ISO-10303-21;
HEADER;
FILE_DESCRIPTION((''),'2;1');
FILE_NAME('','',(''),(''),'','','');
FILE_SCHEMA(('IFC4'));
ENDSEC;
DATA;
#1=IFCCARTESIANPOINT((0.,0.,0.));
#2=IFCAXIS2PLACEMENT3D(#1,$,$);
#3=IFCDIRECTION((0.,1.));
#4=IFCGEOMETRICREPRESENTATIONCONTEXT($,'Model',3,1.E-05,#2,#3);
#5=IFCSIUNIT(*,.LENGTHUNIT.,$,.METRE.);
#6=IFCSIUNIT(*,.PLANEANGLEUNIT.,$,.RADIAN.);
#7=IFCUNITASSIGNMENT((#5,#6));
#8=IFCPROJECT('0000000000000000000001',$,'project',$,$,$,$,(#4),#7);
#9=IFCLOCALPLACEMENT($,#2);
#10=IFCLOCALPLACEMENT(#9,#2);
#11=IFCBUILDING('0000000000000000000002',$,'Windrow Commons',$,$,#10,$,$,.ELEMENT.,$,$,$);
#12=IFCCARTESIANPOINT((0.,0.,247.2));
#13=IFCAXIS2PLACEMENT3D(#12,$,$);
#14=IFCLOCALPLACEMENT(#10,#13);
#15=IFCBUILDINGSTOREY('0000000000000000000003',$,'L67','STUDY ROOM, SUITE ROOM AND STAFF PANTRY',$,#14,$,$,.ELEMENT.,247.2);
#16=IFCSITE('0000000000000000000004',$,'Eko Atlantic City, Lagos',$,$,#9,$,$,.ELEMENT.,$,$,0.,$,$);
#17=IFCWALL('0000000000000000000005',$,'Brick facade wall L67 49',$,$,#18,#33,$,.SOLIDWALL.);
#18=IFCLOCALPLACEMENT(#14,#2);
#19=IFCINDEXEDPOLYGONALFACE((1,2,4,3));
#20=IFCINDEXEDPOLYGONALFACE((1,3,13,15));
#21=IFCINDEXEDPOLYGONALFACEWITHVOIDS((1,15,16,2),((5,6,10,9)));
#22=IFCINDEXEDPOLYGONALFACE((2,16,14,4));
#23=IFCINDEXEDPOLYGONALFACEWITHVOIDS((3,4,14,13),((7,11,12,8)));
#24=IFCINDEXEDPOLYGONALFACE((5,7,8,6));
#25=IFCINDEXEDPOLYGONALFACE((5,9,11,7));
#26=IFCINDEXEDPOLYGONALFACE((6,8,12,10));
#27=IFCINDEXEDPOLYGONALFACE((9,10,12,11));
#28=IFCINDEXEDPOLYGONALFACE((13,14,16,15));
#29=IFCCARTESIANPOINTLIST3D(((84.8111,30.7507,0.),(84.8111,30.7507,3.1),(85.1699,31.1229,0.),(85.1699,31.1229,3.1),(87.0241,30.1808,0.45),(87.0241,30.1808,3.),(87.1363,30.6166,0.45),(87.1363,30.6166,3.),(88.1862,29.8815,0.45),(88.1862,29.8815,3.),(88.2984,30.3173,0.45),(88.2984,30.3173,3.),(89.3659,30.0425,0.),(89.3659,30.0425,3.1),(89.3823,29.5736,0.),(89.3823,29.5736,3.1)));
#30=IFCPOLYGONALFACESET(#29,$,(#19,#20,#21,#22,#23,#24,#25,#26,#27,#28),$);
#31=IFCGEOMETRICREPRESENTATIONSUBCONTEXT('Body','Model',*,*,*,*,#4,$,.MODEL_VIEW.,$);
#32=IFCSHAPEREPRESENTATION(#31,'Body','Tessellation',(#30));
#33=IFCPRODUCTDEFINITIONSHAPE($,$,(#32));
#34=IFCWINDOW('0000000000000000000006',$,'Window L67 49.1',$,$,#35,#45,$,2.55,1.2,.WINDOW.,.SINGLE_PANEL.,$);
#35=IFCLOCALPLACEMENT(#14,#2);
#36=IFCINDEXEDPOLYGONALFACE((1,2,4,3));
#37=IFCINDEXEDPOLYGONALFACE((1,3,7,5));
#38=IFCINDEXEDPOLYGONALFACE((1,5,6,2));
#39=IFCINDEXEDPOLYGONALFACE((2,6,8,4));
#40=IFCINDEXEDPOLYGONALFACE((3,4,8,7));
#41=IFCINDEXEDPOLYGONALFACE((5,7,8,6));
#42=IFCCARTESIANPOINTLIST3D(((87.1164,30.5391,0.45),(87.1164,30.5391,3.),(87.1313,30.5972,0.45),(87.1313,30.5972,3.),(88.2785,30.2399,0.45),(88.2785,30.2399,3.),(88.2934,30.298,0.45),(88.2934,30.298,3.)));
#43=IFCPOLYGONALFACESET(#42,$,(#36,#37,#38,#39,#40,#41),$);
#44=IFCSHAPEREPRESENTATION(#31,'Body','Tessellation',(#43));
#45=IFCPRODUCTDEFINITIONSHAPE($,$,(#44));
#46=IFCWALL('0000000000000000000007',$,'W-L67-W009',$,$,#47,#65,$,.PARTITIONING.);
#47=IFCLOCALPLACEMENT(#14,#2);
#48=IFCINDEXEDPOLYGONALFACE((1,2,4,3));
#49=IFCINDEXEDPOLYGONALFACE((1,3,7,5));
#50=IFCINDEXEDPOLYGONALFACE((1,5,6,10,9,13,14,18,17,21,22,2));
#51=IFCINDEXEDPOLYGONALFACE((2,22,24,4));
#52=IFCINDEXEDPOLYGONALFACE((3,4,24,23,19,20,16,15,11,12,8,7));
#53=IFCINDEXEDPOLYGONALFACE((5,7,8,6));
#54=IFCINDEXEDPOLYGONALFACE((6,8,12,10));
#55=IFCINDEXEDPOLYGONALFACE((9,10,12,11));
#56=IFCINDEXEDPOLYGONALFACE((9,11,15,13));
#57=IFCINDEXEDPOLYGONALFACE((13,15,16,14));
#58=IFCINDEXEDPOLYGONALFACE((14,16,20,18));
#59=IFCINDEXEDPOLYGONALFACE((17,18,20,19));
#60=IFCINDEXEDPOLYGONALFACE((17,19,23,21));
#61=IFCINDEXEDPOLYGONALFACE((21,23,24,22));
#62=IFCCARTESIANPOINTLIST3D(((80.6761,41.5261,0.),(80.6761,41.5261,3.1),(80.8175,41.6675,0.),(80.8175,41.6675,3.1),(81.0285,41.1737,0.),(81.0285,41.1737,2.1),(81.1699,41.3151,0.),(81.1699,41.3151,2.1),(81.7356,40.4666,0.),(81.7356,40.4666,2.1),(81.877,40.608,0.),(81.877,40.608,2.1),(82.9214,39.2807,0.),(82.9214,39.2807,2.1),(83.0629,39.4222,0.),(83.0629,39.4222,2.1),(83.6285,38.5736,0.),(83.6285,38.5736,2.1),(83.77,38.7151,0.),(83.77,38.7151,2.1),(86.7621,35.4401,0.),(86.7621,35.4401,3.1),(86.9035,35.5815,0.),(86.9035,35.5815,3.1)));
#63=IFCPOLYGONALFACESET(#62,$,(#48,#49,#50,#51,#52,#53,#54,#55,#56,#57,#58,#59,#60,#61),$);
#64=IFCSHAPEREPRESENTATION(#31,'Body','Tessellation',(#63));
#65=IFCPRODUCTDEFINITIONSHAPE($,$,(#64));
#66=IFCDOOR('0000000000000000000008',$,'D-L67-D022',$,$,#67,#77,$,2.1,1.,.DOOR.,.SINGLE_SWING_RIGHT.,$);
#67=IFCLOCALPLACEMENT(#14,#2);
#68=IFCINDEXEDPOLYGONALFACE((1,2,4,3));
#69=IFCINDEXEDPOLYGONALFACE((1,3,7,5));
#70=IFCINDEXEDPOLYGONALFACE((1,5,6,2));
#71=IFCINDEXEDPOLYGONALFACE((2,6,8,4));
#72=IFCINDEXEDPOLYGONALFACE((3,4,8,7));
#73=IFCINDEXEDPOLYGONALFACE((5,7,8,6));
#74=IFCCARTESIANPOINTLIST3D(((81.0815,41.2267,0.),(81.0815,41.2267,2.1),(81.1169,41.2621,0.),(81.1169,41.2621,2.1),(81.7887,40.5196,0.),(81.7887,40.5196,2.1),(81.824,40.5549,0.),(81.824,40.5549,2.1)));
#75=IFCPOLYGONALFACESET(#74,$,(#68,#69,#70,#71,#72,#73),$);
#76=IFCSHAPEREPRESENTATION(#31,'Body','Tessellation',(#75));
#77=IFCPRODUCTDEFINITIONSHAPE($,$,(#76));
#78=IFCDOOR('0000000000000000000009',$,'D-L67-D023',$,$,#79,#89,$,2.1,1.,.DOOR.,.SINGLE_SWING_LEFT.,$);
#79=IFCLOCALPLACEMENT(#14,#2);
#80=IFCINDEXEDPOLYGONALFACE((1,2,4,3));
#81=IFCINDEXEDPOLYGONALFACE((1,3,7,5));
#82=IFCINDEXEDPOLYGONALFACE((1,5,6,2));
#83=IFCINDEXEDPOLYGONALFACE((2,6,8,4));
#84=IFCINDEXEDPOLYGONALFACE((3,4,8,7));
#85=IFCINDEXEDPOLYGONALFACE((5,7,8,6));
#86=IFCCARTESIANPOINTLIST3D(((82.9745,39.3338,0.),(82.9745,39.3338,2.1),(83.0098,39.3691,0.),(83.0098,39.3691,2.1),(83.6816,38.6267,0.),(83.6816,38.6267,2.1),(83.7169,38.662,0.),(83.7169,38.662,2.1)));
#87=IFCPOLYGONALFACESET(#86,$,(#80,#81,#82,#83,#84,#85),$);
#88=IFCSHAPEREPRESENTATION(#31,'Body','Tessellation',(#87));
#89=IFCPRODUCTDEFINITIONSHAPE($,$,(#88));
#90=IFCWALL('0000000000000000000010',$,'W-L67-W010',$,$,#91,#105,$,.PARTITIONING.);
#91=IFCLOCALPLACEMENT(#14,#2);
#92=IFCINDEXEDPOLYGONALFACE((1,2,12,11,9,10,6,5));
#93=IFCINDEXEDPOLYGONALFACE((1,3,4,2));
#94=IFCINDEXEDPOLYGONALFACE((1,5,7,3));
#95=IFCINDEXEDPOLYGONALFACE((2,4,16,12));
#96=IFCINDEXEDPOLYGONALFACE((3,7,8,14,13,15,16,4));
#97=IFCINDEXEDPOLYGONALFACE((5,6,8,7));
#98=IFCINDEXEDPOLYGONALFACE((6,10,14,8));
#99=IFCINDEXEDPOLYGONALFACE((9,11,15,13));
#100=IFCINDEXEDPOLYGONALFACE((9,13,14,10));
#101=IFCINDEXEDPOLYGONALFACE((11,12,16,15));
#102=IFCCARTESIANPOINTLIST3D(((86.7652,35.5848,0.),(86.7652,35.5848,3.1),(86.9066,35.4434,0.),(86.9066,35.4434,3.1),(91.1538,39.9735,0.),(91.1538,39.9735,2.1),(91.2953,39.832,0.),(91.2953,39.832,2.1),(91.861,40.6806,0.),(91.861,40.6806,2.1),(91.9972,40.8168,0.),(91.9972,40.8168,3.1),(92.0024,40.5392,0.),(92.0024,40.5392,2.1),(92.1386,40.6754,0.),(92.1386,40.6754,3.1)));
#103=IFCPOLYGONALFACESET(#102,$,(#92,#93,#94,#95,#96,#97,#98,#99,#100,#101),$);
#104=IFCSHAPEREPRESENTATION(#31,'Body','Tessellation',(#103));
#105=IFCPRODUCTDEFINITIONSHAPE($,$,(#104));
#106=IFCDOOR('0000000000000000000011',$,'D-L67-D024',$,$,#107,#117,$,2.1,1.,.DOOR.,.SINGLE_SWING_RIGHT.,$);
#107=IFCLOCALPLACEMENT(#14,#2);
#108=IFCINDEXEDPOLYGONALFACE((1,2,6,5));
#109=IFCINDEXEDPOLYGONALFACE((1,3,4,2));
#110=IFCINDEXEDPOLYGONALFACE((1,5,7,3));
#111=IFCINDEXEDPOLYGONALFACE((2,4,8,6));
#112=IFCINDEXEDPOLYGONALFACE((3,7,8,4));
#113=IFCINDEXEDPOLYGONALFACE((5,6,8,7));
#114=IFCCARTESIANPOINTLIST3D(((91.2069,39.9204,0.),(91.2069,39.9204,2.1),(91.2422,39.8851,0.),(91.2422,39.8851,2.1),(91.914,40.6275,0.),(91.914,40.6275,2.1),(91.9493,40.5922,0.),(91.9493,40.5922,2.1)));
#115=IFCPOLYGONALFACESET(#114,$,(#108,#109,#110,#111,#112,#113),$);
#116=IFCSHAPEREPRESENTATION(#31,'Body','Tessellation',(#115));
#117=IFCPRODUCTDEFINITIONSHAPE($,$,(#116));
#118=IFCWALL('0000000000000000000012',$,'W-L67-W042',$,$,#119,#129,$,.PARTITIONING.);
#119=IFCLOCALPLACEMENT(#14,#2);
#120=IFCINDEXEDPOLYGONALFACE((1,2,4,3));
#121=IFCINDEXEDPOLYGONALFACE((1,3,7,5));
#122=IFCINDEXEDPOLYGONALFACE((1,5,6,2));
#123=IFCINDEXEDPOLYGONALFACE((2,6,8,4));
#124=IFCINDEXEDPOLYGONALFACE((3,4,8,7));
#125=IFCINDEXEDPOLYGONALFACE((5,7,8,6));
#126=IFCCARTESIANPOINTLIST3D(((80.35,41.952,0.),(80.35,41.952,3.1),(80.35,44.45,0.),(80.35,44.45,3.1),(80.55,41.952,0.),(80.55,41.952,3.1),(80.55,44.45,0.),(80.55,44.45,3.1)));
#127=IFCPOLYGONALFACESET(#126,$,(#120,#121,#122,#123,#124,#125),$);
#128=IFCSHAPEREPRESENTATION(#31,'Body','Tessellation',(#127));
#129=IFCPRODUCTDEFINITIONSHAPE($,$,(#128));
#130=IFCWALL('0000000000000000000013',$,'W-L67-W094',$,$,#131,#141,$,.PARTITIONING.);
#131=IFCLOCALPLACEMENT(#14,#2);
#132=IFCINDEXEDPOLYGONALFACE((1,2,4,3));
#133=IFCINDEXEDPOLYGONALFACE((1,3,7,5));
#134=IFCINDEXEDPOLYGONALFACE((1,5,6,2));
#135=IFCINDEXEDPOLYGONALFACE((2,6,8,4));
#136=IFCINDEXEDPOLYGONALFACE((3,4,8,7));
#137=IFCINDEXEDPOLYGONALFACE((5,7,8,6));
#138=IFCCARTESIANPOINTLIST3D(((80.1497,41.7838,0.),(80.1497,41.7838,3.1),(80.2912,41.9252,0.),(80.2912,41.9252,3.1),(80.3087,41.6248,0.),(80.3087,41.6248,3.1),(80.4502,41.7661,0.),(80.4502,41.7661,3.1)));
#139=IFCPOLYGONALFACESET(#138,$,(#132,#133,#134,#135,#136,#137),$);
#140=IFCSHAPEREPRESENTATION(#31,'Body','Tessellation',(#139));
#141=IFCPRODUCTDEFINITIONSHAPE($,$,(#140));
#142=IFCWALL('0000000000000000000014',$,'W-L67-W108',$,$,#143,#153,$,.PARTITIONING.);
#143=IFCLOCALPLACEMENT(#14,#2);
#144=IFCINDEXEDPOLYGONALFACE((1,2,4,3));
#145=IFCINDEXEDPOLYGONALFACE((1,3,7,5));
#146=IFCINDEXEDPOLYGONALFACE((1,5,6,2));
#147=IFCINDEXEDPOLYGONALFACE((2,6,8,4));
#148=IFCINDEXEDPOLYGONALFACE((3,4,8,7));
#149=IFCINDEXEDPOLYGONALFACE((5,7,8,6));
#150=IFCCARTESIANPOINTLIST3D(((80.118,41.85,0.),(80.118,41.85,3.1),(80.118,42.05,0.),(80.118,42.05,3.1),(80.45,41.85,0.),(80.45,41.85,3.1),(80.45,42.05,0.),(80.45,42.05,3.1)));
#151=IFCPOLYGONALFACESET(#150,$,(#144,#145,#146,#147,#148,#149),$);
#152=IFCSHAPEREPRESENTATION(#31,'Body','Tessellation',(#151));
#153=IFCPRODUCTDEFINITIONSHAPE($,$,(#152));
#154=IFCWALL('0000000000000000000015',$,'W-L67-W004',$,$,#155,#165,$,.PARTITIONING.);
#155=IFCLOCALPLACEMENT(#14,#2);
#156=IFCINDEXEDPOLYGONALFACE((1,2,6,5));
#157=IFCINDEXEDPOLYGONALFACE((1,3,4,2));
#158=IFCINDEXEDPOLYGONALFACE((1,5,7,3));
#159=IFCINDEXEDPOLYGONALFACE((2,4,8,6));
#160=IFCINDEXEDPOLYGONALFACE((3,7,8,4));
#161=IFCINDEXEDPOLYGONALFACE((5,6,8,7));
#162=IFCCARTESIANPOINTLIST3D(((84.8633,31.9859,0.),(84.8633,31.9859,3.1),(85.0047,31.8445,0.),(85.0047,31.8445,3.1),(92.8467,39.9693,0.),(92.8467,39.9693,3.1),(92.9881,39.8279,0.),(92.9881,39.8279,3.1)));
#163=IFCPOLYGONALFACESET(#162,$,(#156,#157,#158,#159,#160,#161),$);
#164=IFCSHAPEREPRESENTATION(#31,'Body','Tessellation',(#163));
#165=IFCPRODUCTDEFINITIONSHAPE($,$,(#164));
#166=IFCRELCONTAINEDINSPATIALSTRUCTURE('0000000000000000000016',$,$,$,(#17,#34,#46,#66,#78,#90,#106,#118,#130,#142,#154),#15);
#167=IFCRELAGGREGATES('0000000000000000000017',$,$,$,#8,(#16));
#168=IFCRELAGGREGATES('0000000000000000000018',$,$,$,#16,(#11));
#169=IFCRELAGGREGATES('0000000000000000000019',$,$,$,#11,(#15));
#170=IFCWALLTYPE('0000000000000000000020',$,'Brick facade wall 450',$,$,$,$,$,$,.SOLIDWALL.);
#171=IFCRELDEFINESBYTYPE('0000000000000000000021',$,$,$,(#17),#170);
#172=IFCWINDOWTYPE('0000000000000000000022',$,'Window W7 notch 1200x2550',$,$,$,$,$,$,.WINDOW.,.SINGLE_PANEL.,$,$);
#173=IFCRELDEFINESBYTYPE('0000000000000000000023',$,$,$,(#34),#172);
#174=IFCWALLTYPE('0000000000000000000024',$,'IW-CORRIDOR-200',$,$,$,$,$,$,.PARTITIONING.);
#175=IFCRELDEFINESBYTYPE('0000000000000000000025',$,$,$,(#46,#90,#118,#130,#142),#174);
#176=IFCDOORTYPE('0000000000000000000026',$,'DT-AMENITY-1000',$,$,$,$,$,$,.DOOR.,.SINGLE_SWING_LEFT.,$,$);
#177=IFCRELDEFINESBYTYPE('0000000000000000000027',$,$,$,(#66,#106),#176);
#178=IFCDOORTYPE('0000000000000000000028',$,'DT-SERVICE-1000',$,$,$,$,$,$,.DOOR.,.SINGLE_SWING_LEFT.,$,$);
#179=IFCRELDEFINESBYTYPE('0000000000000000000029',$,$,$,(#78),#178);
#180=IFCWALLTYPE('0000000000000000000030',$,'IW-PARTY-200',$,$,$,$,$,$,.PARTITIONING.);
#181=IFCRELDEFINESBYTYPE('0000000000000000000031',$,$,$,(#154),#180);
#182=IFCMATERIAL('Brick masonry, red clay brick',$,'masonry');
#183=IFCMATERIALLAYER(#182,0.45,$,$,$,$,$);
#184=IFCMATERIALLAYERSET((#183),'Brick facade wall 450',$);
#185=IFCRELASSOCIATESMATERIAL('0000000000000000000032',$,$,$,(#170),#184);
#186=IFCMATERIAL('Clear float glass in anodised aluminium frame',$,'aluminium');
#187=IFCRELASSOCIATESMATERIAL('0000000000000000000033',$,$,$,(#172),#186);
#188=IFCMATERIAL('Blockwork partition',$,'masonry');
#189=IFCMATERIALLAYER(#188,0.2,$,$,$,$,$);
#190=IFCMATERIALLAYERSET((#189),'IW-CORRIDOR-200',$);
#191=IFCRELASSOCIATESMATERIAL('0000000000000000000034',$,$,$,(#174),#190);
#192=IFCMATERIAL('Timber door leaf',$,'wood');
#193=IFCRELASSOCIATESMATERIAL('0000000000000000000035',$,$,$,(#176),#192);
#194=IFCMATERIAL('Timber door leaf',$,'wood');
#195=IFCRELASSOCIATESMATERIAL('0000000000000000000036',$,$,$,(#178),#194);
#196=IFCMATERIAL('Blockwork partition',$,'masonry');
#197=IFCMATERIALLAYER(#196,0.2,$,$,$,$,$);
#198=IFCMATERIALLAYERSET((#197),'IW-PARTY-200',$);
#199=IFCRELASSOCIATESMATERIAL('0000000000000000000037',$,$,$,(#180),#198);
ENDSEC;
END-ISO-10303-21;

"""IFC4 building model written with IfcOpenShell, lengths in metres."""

from ifc_helpers import new_model, si_unit, direction, frame, frame_2d, origin, place, context, subcontext, project, spatial, polyline, rectangle, outline, extrude, material, layer, layer_set, type_object, element, fill, save


model = new_model("IFC4")

# Units and contexts
model_context = context("Model", 3, precision=1e-05, world=origin(), true_north=direction((0.0, 1.0)))
body_context = subcontext(model_context, "Body", "Model", "MODEL_VIEW")
ifc_project = project(units=[si_unit("LENGTHUNIT", "METRE"), si_unit("PLANEANGLEUNIT", "RADIAN")], contexts=[model_context])

# Site, building, storey
site_placement = place(None, origin())
site = spatial("IfcSite", under=ifc_project, at=site_placement, Name="Eko Atlantic City, Lagos", CompositionType="ELEMENT", RefElevation=0.0)
building_placement = place(site_placement, origin())
building = spatial("IfcBuilding", under=site, at=building_placement, Name="Windrow Commons", CompositionType="ELEMENT")
storey_placement = place(building_placement, frame((0.0, 0.0, 247.2)))
storey = spatial("IfcBuildingStorey", under=building, at=storey_placement, Name="L67", Description="STUDY ROOM, SUITE ROOM AND STAFF PANTRY", CompositionType="ELEMENT", Elevation=247.2)

# Shared definitions
ifc_material_1 = material(Name="Brick masonry, red clay brick", Category="masonry")
ifc_layer_1 = layer(ifc_material_1, 0.45)
ifc_layer_set_1 = layer_set([ifc_layer_1], Name="Brick facade wall 450")
wall_type_1 = type_object("IfcWallType", Name="Brick facade wall 450", PredefinedType="SOLIDWALL", material=ifc_layer_set_1)
ifc_material_2 = material(Name="Clear float glass in anodised aluminium frame", Category="aluminium")
window_type_1 = type_object("IfcWindowType", Name="Window W7 notch 1200x2550", PartitioningType="SINGLE_PANEL", PredefinedType="WINDOW", material=ifc_material_2)

# Wall, opening, window
wall_1_placement = place(storey_placement, frame((84.9905, 30.9368, 0.0), z_axis=(0.0, 0.0, 1.0), x_axis=(0.968408, -0.24937, 0.0)))
wall_1 = element("IfcWall", 1, at=wall_1_placement, inside=storey, type_object=wall_type_1, Name="Brick facade wall L67 49", PredefinedType="SOLIDWALL", context=body_context, shape_type="SweptSolid", body=[
    extrude(outline(polyline([(-0.1273, -0.225), (4.593, -0.225), (4.4602, 0.225), (0.1273, 0.225), (-0.1273, -0.225)])), origin(), (0.0, 0.0, 1.0), 3.1),
])
opening_1_placement = place(wall_1_placement, frame((2.1579, 0.0, 0.45)))
opening_1 = element("IfcOpeningElement", 2, at=opening_1_placement, cuts=wall_1, PredefinedType="OPENING", context=body_context, shape_type="SweptSolid", body=[
    extrude(rectangle(XDim=1.2, YDim=2.55, at=frame_2d((0.6, 1.275))), frame((0.0, 0.235, 0.0), z_axis=(0.0, -1.0, 0.0), x_axis=(1.0, 0.0, 0.0)), (0.0, 0.0, 1.0), 0.47),
])
window_1_placement = place(opening_1_placement, origin())
window_1 = element("IfcWindow", 3, at=window_1_placement, inside=storey, type_object=window_type_1, Name="Window L67 49.1", OverallHeight=2.55, OverallWidth=1.2, PartitioningType="SINGLE_PANEL", PredefinedType="WINDOW", context=body_context, shape_type="SweptSolid", body=[
    extrude(rectangle(XDim=1.2, YDim=2.55, at=frame_2d((0.6, 1.275))), frame((0.0, 0.205, 0.0), z_axis=(0.0, -1.0, 0.0), x_axis=(1.0, 0.0, 0.0)), (0.0, 0.0, 1.0), 0.06),
])
fill(opening_1, window_1)

# Wall, openings, doors
ifc_material_3 = material(Name="Blockwork partition", Category="masonry")
ifc_layer_2 = layer(ifc_material_3, 0.2)
ifc_layer_set_2 = layer_set([ifc_layer_2], Name="IW-CORRIDOR-200")
wall_type_2 = type_object("IfcWallType", Name="IW-CORRIDOR-200", PredefinedType="PARTITIONING", material=ifc_layer_set_2)
wall_2_placement = place(storey_placement, frame((80.7468, 41.5968, 0.0), z_axis=(0.0, 0.0, 1.0), x_axis=(0.707107, -0.707107, 0.0)))
wall_2 = element("IfcWall", 4, at=wall_2_placement, inside=storey, type_object=wall_type_2, Name="W-L67-W009", PredefinedType="PARTITIONING", context=body_context, shape_type="SweptSolid", body=[
    extrude(rectangle(XDim=8.6069, YDim=0.2, at=frame_2d((4.3034, 0.0))), origin(), (0.0, 0.0, 1.0), 3.1),
])
opening_2_placement = place(wall_2_placement, frame((0.4984, 0.0, 0.0)))
opening_2 = element("IfcOpeningElement", 5, at=opening_2_placement, cuts=wall_2, PredefinedType="OPENING", context=body_context, shape_type="SweptSolid", body=[
    extrude(rectangle(XDim=1.0, YDim=2.1, at=frame_2d((0.5, 1.05))), frame((0.0, 0.11, 0.0), z_axis=(0.0, -1.0, 0.0), x_axis=(1.0, 0.0, 0.0)), (0.0, 0.0, 1.0), 0.22),
])
opening_3_placement = place(wall_2_placement, frame((3.1754, 0.0, 0.0)))
opening_3 = element("IfcOpeningElement", 6, at=opening_3_placement, cuts=wall_2, PredefinedType="OPENING", context=body_context, shape_type="SweptSolid", body=[
    extrude(rectangle(XDim=1.0, YDim=2.1, at=frame_2d((0.5, 1.05))), frame((0.0, 0.11, 0.0), z_axis=(0.0, -1.0, 0.0), x_axis=(1.0, 0.0, 0.0)), (0.0, 0.0, 1.0), 0.22),
])
ifc_material_4 = material(Name="Timber door leaf", Category="wood")
door_type_1 = type_object("IfcDoorType", Name="DT-AMENITY-1000", OperationType="SINGLE_SWING_LEFT", PredefinedType="DOOR", material=ifc_material_4)
door_1_placement = place(opening_2_placement, origin())
door_1 = element("IfcDoor", 7, at=door_1_placement, inside=storey, type_object=door_type_1, Name="D-L67-D022", OperationType="SINGLE_SWING_RIGHT", OverallHeight=2.1, OverallWidth=1.0, PredefinedType="DOOR", context=body_context, shape_type="SweptSolid", body=[
    extrude(rectangle(XDim=1.0, YDim=2.1, at=frame_2d((0.5, 1.05))), frame((0.0, 0.025, 0.0), z_axis=(0.0, -1.0, 0.0), x_axis=(1.0, 0.0, 0.0)), (0.0, 0.0, 1.0), 0.05),
])
fill(opening_2, door_1)
ifc_material_5 = material(Name="Timber door leaf", Category="wood")
door_type_2 = type_object("IfcDoorType", Name="DT-SERVICE-1000", OperationType="SINGLE_SWING_LEFT", PredefinedType="DOOR", material=ifc_material_5)
door_2_placement = place(opening_3_placement, origin())
door_2 = element("IfcDoor", 8, at=door_2_placement, inside=storey, type_object=door_type_2, Name="D-L67-D023", OperationType="SINGLE_SWING_LEFT", OverallHeight=2.1, OverallWidth=1.0, PredefinedType="DOOR", context=body_context, shape_type="SweptSolid", body=[
    extrude(rectangle(XDim=1.0, YDim=2.1, at=frame_2d((0.5, 1.05))), frame((0.0, 0.025, 0.0), z_axis=(0.0, -1.0, 0.0), x_axis=(1.0, 0.0, 0.0)), (0.0, 0.0, 1.0), 0.05),
])
fill(opening_3, door_2)

# Wall, opening, door
wall_3_placement = place(storey_placement, frame((86.8359, 35.5141, 0.0), z_axis=(0.0, 0.0, 1.0), x_axis=(0.707107, 0.707107, 0.0)))
wall_3 = element("IfcWall", 9, at=wall_3_placement, inside=storey, type_object=wall_type_2, Name="W-L67-W010", PredefinedType="PARTITIONING", context=body_context, shape_type="SweptSolid", body=[
    extrude(rectangle(XDim=7.3992, YDim=0.2, at=frame_2d((3.6996, 0.0))), origin(), (0.0, 0.0, 1.0), 3.1),
])
opening_4_placement = place(wall_3_placement, frame((6.2065, 0.0, 0.0)))
opening_4 = element("IfcOpeningElement", 10, at=opening_4_placement, cuts=wall_3, PredefinedType="OPENING", context=body_context, shape_type="SweptSolid", body=[
    extrude(rectangle(XDim=1.0, YDim=2.1, at=frame_2d((0.5, 1.05))), frame((0.0, 0.11, 0.0), z_axis=(0.0, -1.0, 0.0), x_axis=(1.0, 0.0, 0.0)), (0.0, 0.0, 1.0), 0.22),
])
door_3_placement = place(opening_4_placement, origin())
door_3 = element("IfcDoor", 11, at=door_3_placement, inside=storey, type_object=door_type_1, Name="D-L67-D024", OperationType="SINGLE_SWING_RIGHT", OverallHeight=2.1, OverallWidth=1.0, PredefinedType="DOOR", context=body_context, shape_type="SweptSolid", body=[
    extrude(rectangle(XDim=1.0, YDim=2.1, at=frame_2d((0.5, 1.05))), frame((0.0, 0.025, 0.0), z_axis=(0.0, -1.0, 0.0), x_axis=(1.0, 0.0, 0.0)), (0.0, 0.0, 1.0), 0.05),
])
fill(opening_4, door_3)

# Walls
wall_4_placement = place(storey_placement, frame((80.45, 41.952, 0.0), z_axis=(0.0, 0.0, 1.0), x_axis=(0.0, 1.0, 0.0)))
element("IfcWall", 12, at=wall_4_placement, inside=storey, type_object=wall_type_2, Name="W-L67-W042", PredefinedType="PARTITIONING", context=body_context, shape_type="SweptSolid", body=[
    extrude(rectangle(XDim=2.498, YDim=0.2, at=frame_2d((1.249, 0.0))), origin(), (0.0, 0.0, 1.0), 3.1),
])
wall_5_placement = place(storey_placement, frame((80.2205, 41.8545, 0.0), z_axis=(0.0, 0.0, 1.0), x_axis=(0.706884, -0.707329, 0.0)))
element("IfcWall", 13, at=wall_5_placement, inside=storey, type_object=wall_type_2, Name="W-L67-W094", PredefinedType="PARTITIONING", context=body_context, shape_type="SweptSolid", body=[
    extrude(rectangle(XDim=0.2249, YDim=0.2, at=frame_2d((0.1124, 0.0))), origin(), (0.0, 0.0, 1.0), 3.1),
])
wall_6_placement = place(storey_placement, frame((80.118, 41.95, 0.0), z_axis=(0.0, 0.0, 1.0), x_axis=(1.0, 0.0, 0.0)))
element("IfcWall", 14, at=wall_6_placement, inside=storey, type_object=wall_type_2, Name="W-L67-W108", PredefinedType="PARTITIONING", context=body_context, shape_type="SweptSolid", body=[
    extrude(rectangle(XDim=0.332, YDim=0.2, at=frame_2d((0.166, 0.0))), origin(), (0.0, 0.0, 1.0), 3.1),
])
ifc_material_6 = material(Name="Blockwork partition", Category="masonry")
ifc_layer_3 = layer(ifc_material_6, 0.2)
ifc_layer_set_3 = layer_set([ifc_layer_3], Name="IW-PARTY-200")
wall_type_3 = type_object("IfcWallType", Name="IW-PARTY-200", PredefinedType="PARTITIONING", material=ifc_layer_set_3)
wall_7_placement = place(storey_placement, frame((84.934, 31.9152, 0.0), z_axis=(0.0, 0.0, 1.0), x_axis=(0.707107, 0.707107, 0.0)))
element("IfcWall", 15, at=wall_7_placement, inside=storey, type_object=wall_type_3, Name="W-L67-W004", PredefinedType="PARTITIONING", context=body_context, shape_type="SweptSolid", body=[
    extrude(rectangle(XDim=11.2902, YDim=0.2, at=frame_2d((5.6451, 0.0))), origin(), (0.0, 0.0, 1.0), 3.1),
])

save(model, "model.ifc")
